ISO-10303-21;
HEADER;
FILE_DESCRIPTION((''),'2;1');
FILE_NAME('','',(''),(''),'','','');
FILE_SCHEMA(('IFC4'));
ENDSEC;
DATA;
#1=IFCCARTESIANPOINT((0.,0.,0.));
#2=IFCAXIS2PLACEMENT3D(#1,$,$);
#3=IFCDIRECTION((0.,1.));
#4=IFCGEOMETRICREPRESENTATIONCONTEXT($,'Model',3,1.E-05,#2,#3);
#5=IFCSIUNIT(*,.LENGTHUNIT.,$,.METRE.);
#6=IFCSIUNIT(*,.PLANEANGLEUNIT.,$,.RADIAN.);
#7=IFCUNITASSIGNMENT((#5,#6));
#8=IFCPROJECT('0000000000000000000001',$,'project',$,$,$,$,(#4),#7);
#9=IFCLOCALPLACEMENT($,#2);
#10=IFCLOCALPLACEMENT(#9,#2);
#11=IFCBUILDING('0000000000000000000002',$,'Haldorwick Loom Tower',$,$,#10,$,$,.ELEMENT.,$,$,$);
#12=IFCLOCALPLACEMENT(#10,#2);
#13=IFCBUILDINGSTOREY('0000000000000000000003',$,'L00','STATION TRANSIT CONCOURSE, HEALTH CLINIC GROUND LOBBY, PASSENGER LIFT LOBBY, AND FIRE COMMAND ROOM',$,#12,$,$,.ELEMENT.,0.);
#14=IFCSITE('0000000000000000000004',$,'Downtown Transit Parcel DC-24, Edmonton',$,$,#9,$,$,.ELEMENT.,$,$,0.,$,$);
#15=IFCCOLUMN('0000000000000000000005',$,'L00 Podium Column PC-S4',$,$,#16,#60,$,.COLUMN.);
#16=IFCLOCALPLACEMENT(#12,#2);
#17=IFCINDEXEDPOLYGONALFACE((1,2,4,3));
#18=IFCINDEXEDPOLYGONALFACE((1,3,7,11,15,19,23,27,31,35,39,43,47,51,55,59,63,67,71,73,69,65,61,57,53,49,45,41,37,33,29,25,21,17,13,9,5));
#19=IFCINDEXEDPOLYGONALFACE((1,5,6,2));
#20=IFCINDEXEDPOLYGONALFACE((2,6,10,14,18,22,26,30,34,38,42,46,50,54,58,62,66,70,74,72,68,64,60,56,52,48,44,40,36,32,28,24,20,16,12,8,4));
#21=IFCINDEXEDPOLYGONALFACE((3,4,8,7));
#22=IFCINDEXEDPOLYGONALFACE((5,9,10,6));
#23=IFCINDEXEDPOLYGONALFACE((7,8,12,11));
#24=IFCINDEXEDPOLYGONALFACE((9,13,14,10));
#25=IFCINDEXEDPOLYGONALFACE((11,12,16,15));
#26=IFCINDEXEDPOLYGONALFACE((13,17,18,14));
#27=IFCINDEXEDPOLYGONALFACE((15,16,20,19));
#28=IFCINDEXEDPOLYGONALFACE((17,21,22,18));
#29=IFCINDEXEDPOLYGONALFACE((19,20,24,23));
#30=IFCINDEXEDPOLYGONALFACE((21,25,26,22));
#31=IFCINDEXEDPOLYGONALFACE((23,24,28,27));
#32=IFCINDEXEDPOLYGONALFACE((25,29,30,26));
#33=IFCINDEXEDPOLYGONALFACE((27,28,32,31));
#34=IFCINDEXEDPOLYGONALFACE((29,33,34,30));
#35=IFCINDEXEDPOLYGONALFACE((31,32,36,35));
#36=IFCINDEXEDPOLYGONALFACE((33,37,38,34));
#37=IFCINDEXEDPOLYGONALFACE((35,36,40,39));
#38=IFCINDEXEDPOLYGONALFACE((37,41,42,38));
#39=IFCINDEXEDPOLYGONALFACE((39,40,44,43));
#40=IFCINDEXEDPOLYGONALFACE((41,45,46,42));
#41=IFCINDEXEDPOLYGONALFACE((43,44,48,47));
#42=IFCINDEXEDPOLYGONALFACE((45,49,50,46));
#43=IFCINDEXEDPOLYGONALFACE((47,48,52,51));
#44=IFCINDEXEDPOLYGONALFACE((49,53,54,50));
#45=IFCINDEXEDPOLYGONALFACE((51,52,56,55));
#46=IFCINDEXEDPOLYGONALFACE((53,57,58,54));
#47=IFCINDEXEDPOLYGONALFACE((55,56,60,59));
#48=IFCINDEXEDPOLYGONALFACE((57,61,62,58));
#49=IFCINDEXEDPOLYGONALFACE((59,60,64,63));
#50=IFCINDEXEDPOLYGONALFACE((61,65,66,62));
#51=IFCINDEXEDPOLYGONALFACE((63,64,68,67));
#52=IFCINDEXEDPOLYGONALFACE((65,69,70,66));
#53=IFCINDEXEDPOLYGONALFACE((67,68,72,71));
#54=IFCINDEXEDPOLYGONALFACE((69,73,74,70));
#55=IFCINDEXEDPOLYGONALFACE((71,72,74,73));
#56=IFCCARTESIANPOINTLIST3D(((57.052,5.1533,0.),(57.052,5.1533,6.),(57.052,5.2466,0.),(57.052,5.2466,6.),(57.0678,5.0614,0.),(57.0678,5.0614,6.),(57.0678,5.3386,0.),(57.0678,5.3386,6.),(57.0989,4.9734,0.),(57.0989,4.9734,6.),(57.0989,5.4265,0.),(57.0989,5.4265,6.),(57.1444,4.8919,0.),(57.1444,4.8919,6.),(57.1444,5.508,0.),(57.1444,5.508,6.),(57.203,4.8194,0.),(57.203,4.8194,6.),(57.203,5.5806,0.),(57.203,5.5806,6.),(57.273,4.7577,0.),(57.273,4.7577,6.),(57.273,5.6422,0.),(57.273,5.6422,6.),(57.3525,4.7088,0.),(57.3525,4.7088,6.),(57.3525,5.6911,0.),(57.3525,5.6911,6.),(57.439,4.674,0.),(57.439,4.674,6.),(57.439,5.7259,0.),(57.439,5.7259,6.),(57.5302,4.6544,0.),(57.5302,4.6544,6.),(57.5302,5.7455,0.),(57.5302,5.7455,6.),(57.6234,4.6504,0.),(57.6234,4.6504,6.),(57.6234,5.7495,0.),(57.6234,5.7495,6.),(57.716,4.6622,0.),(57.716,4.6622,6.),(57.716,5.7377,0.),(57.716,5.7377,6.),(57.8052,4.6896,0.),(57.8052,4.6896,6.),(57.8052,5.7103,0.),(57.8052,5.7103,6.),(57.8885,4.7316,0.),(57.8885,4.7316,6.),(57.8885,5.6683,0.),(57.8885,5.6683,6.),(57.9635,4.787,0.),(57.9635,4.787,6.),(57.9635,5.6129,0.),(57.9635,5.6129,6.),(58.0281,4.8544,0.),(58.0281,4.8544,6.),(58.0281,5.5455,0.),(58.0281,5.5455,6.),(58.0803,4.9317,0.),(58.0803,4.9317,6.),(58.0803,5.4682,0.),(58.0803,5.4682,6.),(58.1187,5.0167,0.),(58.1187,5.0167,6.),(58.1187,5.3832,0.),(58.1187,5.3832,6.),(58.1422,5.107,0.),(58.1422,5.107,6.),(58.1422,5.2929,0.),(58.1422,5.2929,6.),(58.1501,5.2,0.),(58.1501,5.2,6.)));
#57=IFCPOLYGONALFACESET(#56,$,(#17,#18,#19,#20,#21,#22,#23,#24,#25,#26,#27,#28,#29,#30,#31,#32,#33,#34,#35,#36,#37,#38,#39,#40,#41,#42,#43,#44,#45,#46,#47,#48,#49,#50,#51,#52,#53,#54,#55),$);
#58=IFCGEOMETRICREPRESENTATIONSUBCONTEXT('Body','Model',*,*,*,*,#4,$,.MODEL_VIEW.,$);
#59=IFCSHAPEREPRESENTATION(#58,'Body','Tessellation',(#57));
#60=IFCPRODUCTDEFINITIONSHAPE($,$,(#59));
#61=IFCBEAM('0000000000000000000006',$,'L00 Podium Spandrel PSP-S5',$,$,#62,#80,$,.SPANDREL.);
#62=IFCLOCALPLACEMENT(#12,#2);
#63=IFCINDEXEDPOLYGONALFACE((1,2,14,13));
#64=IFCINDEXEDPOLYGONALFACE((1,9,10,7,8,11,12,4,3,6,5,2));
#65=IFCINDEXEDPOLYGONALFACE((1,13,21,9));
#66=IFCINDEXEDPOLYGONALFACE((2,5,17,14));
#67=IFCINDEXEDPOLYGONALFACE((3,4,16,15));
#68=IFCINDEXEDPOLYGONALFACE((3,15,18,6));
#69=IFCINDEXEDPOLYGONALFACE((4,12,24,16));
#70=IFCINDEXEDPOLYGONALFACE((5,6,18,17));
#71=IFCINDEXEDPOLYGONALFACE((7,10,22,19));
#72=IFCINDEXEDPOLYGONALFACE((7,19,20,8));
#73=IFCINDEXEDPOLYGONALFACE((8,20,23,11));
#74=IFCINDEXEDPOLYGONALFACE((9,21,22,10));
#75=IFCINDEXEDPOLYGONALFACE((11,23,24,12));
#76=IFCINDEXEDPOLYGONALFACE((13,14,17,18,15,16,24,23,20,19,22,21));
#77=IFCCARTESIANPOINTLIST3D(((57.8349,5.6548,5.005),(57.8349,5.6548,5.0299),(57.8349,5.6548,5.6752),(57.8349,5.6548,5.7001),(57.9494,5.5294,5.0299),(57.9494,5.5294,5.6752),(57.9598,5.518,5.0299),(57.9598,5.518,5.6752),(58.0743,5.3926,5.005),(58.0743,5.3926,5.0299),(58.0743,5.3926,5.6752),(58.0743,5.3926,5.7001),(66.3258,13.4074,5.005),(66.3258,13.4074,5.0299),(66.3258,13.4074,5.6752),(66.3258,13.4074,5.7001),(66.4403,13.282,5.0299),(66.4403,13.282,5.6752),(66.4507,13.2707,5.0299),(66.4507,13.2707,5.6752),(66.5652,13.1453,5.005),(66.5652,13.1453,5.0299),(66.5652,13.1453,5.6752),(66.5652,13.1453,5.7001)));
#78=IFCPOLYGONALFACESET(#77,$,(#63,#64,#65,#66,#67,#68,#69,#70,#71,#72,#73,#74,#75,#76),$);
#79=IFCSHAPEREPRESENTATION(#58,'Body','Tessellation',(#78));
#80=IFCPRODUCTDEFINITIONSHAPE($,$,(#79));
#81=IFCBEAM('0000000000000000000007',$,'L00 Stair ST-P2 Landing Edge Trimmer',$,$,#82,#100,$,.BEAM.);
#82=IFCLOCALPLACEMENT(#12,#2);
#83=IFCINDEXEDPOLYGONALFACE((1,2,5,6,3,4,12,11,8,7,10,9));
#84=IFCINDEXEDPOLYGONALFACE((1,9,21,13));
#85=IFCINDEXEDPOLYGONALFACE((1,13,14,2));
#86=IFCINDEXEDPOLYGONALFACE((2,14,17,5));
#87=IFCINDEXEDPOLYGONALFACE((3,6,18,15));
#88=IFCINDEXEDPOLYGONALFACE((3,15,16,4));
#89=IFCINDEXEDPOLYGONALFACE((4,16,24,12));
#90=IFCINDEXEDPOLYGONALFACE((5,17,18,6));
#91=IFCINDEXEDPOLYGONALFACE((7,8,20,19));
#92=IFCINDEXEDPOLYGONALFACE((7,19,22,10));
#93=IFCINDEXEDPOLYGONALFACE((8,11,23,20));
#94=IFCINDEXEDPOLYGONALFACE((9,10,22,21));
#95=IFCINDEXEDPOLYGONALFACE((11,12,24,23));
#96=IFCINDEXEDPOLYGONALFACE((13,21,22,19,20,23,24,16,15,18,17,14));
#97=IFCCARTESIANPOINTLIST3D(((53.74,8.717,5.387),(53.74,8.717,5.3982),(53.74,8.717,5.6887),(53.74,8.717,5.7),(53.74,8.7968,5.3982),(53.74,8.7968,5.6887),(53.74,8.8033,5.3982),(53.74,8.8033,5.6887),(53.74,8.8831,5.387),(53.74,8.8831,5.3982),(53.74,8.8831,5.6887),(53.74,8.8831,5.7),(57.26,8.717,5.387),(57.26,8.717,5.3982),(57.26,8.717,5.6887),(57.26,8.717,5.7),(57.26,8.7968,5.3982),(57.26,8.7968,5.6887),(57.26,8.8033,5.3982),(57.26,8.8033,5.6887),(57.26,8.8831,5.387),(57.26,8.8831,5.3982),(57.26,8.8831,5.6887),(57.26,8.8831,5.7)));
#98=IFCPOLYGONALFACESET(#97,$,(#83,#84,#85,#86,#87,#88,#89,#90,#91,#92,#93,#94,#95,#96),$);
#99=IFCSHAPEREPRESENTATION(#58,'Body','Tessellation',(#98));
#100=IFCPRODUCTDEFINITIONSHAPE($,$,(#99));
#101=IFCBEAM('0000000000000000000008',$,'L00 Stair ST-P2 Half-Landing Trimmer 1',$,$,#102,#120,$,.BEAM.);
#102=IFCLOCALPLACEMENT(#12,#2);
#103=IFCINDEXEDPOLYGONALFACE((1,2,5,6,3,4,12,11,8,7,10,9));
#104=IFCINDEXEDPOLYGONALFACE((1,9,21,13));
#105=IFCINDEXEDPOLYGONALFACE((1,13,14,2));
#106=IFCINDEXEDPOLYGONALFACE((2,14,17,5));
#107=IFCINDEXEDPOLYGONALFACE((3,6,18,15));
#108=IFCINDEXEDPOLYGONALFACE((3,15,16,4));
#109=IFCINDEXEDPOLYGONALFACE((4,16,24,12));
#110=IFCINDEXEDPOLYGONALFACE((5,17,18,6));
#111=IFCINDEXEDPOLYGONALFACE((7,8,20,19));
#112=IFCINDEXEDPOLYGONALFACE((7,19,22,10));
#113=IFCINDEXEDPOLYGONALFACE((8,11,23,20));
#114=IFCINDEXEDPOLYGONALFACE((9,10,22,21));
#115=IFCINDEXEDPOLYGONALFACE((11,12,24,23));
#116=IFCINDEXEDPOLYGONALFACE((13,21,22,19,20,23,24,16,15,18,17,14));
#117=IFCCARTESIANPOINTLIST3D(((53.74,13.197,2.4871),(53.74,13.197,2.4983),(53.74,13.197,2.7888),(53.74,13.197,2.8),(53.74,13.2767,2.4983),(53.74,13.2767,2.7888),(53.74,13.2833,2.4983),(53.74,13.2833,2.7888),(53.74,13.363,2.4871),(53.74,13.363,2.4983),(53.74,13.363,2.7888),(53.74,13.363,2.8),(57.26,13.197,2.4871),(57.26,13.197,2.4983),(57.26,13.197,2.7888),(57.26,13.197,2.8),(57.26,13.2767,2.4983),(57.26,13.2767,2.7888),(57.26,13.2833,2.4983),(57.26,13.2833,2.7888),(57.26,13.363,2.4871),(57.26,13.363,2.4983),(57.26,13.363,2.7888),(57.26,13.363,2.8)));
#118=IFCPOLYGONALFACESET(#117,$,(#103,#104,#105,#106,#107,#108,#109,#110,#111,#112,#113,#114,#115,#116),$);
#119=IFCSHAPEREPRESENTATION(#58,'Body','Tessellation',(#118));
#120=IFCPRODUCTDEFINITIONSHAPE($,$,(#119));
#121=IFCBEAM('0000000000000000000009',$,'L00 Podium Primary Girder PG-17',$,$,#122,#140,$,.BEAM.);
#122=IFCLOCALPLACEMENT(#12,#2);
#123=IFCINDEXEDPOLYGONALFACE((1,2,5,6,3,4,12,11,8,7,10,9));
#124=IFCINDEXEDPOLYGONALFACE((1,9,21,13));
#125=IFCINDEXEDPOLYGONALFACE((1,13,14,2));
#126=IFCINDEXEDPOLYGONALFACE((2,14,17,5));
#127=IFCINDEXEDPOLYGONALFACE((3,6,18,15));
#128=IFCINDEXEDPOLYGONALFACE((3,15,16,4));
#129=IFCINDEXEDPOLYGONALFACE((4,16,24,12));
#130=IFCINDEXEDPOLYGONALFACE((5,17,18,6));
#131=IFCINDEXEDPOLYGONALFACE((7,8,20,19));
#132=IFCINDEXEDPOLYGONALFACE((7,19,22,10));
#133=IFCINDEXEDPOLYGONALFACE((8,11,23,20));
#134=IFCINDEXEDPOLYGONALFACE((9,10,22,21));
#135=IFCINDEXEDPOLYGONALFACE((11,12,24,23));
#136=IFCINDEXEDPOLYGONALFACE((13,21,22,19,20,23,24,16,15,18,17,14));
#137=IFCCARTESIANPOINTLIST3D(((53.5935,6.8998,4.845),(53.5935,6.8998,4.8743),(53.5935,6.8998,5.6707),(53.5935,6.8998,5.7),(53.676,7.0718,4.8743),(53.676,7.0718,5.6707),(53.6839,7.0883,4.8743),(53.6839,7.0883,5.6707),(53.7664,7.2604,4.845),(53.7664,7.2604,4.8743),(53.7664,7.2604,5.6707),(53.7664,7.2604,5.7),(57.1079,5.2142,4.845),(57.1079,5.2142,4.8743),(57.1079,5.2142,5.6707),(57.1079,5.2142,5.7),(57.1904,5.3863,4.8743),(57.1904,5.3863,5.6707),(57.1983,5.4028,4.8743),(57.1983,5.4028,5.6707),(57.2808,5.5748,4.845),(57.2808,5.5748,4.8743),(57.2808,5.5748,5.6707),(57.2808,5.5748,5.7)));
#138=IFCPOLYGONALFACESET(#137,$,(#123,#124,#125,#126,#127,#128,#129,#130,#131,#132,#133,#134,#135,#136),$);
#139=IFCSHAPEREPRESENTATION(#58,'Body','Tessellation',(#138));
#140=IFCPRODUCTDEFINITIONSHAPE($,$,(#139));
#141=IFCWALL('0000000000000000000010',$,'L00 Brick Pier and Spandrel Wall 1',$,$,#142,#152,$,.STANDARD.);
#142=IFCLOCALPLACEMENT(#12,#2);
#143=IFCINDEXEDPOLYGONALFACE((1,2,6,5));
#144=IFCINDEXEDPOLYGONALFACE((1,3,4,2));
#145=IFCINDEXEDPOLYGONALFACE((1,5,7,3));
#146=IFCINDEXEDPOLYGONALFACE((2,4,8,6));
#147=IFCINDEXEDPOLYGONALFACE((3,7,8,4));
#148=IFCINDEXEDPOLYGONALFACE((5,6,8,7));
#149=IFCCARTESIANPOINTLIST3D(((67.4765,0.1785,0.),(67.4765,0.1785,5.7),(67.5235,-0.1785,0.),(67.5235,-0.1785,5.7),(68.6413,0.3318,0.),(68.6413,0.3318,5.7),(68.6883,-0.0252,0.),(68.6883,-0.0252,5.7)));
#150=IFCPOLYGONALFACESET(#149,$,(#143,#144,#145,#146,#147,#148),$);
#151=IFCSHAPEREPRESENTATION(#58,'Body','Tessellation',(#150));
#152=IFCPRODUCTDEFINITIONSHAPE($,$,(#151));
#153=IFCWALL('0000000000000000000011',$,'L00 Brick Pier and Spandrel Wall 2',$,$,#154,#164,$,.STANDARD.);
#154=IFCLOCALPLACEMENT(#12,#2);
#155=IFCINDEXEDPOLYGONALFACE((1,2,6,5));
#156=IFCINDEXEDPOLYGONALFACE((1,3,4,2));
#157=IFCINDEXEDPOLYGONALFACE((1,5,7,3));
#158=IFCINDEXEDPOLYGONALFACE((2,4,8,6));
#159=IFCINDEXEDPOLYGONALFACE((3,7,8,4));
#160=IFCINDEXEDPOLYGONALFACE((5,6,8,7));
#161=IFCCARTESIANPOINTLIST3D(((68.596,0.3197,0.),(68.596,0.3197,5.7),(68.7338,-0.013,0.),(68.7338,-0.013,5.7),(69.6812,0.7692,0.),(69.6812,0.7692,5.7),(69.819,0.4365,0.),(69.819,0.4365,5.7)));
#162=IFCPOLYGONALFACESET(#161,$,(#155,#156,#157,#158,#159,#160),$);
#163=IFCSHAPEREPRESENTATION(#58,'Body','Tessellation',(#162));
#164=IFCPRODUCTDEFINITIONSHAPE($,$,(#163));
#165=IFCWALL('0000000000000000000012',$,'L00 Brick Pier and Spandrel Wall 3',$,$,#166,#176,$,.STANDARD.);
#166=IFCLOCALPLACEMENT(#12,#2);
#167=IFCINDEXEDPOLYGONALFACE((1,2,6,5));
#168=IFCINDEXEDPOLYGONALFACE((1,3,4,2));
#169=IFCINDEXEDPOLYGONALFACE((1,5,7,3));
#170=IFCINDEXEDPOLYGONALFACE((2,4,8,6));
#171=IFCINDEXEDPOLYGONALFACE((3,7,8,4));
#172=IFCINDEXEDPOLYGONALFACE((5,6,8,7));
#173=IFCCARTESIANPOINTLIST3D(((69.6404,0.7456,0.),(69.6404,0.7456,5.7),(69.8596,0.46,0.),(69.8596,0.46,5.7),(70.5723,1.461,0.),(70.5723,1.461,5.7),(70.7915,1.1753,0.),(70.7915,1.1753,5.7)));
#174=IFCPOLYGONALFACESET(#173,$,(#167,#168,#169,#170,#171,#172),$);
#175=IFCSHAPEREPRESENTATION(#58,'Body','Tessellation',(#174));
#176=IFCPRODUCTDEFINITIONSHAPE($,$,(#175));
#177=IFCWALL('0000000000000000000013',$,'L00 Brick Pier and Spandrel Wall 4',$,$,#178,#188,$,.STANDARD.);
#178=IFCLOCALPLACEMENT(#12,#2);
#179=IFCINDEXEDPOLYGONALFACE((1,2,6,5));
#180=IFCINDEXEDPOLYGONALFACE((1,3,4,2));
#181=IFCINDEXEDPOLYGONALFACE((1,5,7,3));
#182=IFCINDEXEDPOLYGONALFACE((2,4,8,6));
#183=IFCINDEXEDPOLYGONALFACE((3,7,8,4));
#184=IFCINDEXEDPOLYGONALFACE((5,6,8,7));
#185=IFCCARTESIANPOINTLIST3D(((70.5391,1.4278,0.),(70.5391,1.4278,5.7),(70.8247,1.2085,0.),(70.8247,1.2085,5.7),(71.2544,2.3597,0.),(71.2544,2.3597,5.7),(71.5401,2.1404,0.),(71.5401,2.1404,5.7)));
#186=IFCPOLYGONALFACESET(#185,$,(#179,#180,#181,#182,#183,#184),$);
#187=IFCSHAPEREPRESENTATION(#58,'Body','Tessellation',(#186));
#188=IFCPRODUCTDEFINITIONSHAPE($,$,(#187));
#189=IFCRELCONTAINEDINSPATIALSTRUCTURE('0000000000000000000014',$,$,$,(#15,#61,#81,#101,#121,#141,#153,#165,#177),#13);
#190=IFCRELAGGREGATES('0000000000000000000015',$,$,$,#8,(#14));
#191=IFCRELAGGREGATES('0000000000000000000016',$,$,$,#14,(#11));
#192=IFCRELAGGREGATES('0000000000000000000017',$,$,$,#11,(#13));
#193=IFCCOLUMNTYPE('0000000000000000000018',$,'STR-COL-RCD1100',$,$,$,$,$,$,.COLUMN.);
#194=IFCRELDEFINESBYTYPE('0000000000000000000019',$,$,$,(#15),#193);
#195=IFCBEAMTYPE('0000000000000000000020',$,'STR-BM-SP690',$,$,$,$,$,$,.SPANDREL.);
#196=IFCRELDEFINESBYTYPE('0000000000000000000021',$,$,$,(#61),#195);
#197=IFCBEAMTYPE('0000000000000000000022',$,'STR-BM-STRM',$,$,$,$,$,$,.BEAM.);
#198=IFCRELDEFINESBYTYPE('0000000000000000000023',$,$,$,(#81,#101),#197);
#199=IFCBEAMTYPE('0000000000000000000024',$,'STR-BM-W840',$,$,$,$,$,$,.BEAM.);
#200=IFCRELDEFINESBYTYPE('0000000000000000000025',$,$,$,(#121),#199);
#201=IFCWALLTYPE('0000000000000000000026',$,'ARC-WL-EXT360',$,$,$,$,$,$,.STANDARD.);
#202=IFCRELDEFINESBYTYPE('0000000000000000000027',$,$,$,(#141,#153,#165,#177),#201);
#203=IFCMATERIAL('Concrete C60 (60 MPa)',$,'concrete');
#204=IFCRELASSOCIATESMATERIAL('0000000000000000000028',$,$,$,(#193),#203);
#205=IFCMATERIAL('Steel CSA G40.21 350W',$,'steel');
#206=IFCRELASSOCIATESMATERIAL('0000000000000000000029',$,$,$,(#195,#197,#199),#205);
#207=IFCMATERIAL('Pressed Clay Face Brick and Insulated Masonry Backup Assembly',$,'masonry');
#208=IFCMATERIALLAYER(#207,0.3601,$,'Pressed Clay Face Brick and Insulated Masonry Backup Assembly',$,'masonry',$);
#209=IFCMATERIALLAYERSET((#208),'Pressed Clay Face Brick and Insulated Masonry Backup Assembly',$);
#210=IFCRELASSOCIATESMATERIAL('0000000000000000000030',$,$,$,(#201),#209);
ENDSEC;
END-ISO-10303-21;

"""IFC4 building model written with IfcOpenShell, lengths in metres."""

from ifc_helpers import new_model, si_unit, direction, frame, frame_2d, origin, origin_2d, place, context, subcontext, project, spatial, rectangle, circle, i_section, extrude, material, layer, layer_set, material_profile, profile_set, type_object, element, save


model = new_model("IFC4")

# Units and contexts
model_context = context("Model", 3, precision=1e-05, world=origin(), true_north=direction((0.0, 1.0)))
body_context = subcontext(model_context, "Body", "Model", "MODEL_VIEW")
ifc_project = project(units=[si_unit("LENGTHUNIT", "METRE"), si_unit("PLANEANGLEUNIT", "RADIAN")], contexts=[model_context])

# Site, building, storey
site_placement = place(None, origin())
site = spatial("IfcSite", under=ifc_project, at=site_placement, Name="Downtown Transit Parcel DC-24, Edmonton", CompositionType="ELEMENT", RefElevation=0.0)
building_placement = place(site_placement, origin())
building = spatial("IfcBuilding", under=site, at=building_placement, Name="Haldorwick Loom Tower", CompositionType="ELEMENT")
storey_placement = place(building_placement, origin())
storey = spatial("IfcBuildingStorey", under=building, at=storey_placement, Name="L00", Description="STATION TRANSIT CONCOURSE, HEALTH CLINIC GROUND LOBBY, PASSENGER LIFT LOBBY, AND FIRE COMMAND ROOM", CompositionType="ELEMENT", Elevation=0.0)

# Column
ifc_material_1 = material(Name="Concrete C60 (60 MPa)", Category="concrete")
ifc_material_profile_1 = material_profile(ifc_material_1, circle(Radius=0.55, at=origin_2d()), Name="RCD1100", Category="concrete")
ifc_profile_set_1 = profile_set([ifc_material_profile_1], Name="Concrete C60 (60 MPa)")
column_type = type_object("IfcColumnType", Name="STR-COL-RCD1100", PredefinedType="COLUMN", material=ifc_profile_set_1)
column_placement = place(storey_placement, frame((57.6001, 5.2, 0.0), z_axis=(0.0, 0.0, 1.0), x_axis=(1.0, 0.0, 0.0)))
element("IfcColumn", 1, at=column_placement, inside=storey, type_object=column_type, Name="L00 Podium Column PC-S4", PredefinedType="COLUMN", context=body_context, shape_type="SweptSolid", body=[
    extrude(circle(Radius=0.55, at=origin_2d()), origin(), (0.0, 0.0, 1.0), 6.0),
])

# Beams
ifc_material_2 = material(Name="Steel CSA G40.21 350W", Category="steel")
ifc_material_profile_2 = material_profile(ifc_material_2, i_section(OverallWidth=0.355, OverallDepth=0.6951, WebThickness=0.0154, FlangeThickness=0.0249, at=origin_2d()), Name="W690X217", Category="steel")
ifc_profile_set_2 = profile_set([ifc_material_profile_2], Name="Steel CSA G40.21 350W")
beam_type_1 = type_object("IfcBeamType", Name="STR-BM-SP690", PredefinedType="SPANDREL", material=ifc_profile_set_2)
beam_1_placement = place(storey_placement, frame((57.9546, 5.5237, 5.3525), z_axis=(0.738483, 0.674272, 0.0), x_axis=(-0.674272, 0.738483, 0.0)))
element("IfcBeam", 2, at=beam_1_placement, inside=storey, type_object=beam_type_1, Name="L00 Podium Spandrel PSP-S5", PredefinedType="SPANDREL", context=body_context, shape_type="SweptSolid", body=[
    extrude(i_section(OverallWidth=0.355, OverallDepth=0.6951, WebThickness=0.0154, FlangeThickness=0.0249, at=origin_2d()), origin(), (0.0, 0.0, 1.0), 11.4978),
])
ifc_material_profile_3 = material_profile(ifc_material_2, i_section(OverallWidth=0.166, OverallDepth=0.313, WebThickness=0.0066, FlangeThickness=0.0112, at=origin_2d()), Name="W310X45", Category="steel")
ifc_profile_set_3 = profile_set([ifc_material_profile_3], Name="Steel CSA G40.21 350W")
beam_type_2 = type_object("IfcBeamType", Name="STR-BM-STRM", PredefinedType="BEAM", material=ifc_profile_set_3)
for number, where, z_axis, x_axis, name in (
    (3, (53.74, 8.8, 5.5435), (1.0, 0.0, 0.0), (0.0, 1.0, 0.0), "L00 Stair ST-P2 Landing Edge Trimmer"),
    (4, (53.74, 13.28, 2.6436), (1.0, 0.0, 0.0), (0.0, 1.0, 0.0), "L00 Stair ST-P2 Half-Landing Trimmer 1"),
):
    element("IfcBeam", number, at=place(storey_placement, frame(where, z_axis=z_axis, x_axis=x_axis)), inside=storey, type_object=beam_type_2, Name=name, PredefinedType="BEAM", context=body_context, shape_type="SweptSolid", body=[
        extrude(i_section(OverallWidth=0.166, OverallDepth=0.313, WebThickness=0.0066, FlangeThickness=0.0112, at=origin_2d()), origin(), (0.0, 0.0, 1.0), 3.52),
    ])
ifc_material_profile_4 = material_profile(ifc_material_2, i_section(OverallWidth=0.3999, OverallDepth=0.855, WebThickness=0.0183, FlangeThickness=0.0293, at=origin_2d()), Name="W840X299", Category="steel")
ifc_profile_set_4 = profile_set([ifc_material_profile_4], Name="Steel CSA G40.21 350W")
beam_type_3 = type_object("IfcBeamType", Name="STR-BM-W840", PredefinedType="BEAM", material=ifc_profile_set_4)
beam_2_placement = place(storey_placement, frame((57.1943, 5.3945, 5.2725), z_axis=(-0.90166, 0.432446, 0.0), x_axis=(-0.432446, -0.90166, 0.0)))
element("IfcBeam", 5, at=beam_2_placement, inside=storey, type_object=beam_type_3, Name="L00 Podium Primary Girder PG-17", PredefinedType="BEAM", context=body_context, shape_type="SweptSolid", body=[
    extrude(i_section(OverallWidth=0.3999, OverallDepth=0.855, WebThickness=0.0183, FlangeThickness=0.0293, at=origin_2d()), origin(), (0.0, 0.0, 1.0), 3.8977),
])

# Walls
ifc_material_3 = material(Name="Pressed Clay Face Brick and Insulated Masonry Backup Assembly", Category="masonry")
ifc_layer_1 = layer(ifc_material_3, 0.3601, Name="Pressed Clay Face Brick and Insulated Masonry Backup Assembly", Category="masonry")
ifc_layer_set_1 = layer_set([ifc_layer_1], Name="Pressed Clay Face Brick and Insulated Masonry Backup Assembly")
wall_type_1 = type_object("IfcWallType", Name="ARC-WL-EXT360", PredefinedType="STANDARD", material=ifc_layer_set_1)
wall_1_placement = place(storey_placement, frame((67.5, 0.0, 0.0), z_axis=(0.0, 0.0, 1.0), x_axis=(0.991448, 0.130503, 0.0)))
element("IfcWall", 6, at=wall_1_placement, inside=storey, type_object=wall_type_1, Name="L00 Brick Pier and Spandrel Wall 1", PredefinedType="STANDARD", context=body_context, shape_type="SweptSolid", body=[
    extrude(rectangle(XDim=1.1748, YDim=0.3601, at=frame_2d((0.5874, 0.0))), origin(), (0.0, 0.0, 1.0), 5.7),
])
wall_2_placement = place(storey_placement, frame((68.6648, 0.1533, 0.0), z_axis=(0.0, 0.0, 1.0), x_axis=(0.923893, 0.382652, 0.0)))
element("IfcWall", 7, at=wall_2_placement, inside=storey, type_object=wall_type_1, Name="L00 Brick Pier and Spandrel Wall 2", PredefinedType="STANDARD", context=body_context, shape_type="SweptSolid", body=[
    extrude(rectangle(XDim=1.1746, YDim=0.3601, at=frame_2d((0.5874, 0.0))), origin(), (0.0, 0.0, 1.0), 5.7),
])
for number, where, z_axis, x_axis, name in (
    (8, (69.75, 0.6028, 0.0), (0.0, 0.0, 1.0), (0.793242, 0.608907, 0.0), "L00 Brick Pier and Spandrel Wall 3"),
    (9, (70.6819, 1.3181, 0.0), (0.0, 0.0, 1.0), (0.608907, 0.793242, 0.0), "L00 Brick Pier and Spandrel Wall 4"),
):
    element("IfcWall", number, at=place(storey_placement, frame(where, z_axis=z_axis, x_axis=x_axis)), inside=storey, type_object=wall_type_1, Name=name, PredefinedType="STANDARD", context=body_context, shape_type="SweptSolid", body=[
        extrude(rectangle(XDim=1.1748, YDim=0.3601, at=frame_2d((0.5874, 0.0))), origin(), (0.0, 0.0, 1.0), 5.7),
    ])

save(model, "model.ifc")
